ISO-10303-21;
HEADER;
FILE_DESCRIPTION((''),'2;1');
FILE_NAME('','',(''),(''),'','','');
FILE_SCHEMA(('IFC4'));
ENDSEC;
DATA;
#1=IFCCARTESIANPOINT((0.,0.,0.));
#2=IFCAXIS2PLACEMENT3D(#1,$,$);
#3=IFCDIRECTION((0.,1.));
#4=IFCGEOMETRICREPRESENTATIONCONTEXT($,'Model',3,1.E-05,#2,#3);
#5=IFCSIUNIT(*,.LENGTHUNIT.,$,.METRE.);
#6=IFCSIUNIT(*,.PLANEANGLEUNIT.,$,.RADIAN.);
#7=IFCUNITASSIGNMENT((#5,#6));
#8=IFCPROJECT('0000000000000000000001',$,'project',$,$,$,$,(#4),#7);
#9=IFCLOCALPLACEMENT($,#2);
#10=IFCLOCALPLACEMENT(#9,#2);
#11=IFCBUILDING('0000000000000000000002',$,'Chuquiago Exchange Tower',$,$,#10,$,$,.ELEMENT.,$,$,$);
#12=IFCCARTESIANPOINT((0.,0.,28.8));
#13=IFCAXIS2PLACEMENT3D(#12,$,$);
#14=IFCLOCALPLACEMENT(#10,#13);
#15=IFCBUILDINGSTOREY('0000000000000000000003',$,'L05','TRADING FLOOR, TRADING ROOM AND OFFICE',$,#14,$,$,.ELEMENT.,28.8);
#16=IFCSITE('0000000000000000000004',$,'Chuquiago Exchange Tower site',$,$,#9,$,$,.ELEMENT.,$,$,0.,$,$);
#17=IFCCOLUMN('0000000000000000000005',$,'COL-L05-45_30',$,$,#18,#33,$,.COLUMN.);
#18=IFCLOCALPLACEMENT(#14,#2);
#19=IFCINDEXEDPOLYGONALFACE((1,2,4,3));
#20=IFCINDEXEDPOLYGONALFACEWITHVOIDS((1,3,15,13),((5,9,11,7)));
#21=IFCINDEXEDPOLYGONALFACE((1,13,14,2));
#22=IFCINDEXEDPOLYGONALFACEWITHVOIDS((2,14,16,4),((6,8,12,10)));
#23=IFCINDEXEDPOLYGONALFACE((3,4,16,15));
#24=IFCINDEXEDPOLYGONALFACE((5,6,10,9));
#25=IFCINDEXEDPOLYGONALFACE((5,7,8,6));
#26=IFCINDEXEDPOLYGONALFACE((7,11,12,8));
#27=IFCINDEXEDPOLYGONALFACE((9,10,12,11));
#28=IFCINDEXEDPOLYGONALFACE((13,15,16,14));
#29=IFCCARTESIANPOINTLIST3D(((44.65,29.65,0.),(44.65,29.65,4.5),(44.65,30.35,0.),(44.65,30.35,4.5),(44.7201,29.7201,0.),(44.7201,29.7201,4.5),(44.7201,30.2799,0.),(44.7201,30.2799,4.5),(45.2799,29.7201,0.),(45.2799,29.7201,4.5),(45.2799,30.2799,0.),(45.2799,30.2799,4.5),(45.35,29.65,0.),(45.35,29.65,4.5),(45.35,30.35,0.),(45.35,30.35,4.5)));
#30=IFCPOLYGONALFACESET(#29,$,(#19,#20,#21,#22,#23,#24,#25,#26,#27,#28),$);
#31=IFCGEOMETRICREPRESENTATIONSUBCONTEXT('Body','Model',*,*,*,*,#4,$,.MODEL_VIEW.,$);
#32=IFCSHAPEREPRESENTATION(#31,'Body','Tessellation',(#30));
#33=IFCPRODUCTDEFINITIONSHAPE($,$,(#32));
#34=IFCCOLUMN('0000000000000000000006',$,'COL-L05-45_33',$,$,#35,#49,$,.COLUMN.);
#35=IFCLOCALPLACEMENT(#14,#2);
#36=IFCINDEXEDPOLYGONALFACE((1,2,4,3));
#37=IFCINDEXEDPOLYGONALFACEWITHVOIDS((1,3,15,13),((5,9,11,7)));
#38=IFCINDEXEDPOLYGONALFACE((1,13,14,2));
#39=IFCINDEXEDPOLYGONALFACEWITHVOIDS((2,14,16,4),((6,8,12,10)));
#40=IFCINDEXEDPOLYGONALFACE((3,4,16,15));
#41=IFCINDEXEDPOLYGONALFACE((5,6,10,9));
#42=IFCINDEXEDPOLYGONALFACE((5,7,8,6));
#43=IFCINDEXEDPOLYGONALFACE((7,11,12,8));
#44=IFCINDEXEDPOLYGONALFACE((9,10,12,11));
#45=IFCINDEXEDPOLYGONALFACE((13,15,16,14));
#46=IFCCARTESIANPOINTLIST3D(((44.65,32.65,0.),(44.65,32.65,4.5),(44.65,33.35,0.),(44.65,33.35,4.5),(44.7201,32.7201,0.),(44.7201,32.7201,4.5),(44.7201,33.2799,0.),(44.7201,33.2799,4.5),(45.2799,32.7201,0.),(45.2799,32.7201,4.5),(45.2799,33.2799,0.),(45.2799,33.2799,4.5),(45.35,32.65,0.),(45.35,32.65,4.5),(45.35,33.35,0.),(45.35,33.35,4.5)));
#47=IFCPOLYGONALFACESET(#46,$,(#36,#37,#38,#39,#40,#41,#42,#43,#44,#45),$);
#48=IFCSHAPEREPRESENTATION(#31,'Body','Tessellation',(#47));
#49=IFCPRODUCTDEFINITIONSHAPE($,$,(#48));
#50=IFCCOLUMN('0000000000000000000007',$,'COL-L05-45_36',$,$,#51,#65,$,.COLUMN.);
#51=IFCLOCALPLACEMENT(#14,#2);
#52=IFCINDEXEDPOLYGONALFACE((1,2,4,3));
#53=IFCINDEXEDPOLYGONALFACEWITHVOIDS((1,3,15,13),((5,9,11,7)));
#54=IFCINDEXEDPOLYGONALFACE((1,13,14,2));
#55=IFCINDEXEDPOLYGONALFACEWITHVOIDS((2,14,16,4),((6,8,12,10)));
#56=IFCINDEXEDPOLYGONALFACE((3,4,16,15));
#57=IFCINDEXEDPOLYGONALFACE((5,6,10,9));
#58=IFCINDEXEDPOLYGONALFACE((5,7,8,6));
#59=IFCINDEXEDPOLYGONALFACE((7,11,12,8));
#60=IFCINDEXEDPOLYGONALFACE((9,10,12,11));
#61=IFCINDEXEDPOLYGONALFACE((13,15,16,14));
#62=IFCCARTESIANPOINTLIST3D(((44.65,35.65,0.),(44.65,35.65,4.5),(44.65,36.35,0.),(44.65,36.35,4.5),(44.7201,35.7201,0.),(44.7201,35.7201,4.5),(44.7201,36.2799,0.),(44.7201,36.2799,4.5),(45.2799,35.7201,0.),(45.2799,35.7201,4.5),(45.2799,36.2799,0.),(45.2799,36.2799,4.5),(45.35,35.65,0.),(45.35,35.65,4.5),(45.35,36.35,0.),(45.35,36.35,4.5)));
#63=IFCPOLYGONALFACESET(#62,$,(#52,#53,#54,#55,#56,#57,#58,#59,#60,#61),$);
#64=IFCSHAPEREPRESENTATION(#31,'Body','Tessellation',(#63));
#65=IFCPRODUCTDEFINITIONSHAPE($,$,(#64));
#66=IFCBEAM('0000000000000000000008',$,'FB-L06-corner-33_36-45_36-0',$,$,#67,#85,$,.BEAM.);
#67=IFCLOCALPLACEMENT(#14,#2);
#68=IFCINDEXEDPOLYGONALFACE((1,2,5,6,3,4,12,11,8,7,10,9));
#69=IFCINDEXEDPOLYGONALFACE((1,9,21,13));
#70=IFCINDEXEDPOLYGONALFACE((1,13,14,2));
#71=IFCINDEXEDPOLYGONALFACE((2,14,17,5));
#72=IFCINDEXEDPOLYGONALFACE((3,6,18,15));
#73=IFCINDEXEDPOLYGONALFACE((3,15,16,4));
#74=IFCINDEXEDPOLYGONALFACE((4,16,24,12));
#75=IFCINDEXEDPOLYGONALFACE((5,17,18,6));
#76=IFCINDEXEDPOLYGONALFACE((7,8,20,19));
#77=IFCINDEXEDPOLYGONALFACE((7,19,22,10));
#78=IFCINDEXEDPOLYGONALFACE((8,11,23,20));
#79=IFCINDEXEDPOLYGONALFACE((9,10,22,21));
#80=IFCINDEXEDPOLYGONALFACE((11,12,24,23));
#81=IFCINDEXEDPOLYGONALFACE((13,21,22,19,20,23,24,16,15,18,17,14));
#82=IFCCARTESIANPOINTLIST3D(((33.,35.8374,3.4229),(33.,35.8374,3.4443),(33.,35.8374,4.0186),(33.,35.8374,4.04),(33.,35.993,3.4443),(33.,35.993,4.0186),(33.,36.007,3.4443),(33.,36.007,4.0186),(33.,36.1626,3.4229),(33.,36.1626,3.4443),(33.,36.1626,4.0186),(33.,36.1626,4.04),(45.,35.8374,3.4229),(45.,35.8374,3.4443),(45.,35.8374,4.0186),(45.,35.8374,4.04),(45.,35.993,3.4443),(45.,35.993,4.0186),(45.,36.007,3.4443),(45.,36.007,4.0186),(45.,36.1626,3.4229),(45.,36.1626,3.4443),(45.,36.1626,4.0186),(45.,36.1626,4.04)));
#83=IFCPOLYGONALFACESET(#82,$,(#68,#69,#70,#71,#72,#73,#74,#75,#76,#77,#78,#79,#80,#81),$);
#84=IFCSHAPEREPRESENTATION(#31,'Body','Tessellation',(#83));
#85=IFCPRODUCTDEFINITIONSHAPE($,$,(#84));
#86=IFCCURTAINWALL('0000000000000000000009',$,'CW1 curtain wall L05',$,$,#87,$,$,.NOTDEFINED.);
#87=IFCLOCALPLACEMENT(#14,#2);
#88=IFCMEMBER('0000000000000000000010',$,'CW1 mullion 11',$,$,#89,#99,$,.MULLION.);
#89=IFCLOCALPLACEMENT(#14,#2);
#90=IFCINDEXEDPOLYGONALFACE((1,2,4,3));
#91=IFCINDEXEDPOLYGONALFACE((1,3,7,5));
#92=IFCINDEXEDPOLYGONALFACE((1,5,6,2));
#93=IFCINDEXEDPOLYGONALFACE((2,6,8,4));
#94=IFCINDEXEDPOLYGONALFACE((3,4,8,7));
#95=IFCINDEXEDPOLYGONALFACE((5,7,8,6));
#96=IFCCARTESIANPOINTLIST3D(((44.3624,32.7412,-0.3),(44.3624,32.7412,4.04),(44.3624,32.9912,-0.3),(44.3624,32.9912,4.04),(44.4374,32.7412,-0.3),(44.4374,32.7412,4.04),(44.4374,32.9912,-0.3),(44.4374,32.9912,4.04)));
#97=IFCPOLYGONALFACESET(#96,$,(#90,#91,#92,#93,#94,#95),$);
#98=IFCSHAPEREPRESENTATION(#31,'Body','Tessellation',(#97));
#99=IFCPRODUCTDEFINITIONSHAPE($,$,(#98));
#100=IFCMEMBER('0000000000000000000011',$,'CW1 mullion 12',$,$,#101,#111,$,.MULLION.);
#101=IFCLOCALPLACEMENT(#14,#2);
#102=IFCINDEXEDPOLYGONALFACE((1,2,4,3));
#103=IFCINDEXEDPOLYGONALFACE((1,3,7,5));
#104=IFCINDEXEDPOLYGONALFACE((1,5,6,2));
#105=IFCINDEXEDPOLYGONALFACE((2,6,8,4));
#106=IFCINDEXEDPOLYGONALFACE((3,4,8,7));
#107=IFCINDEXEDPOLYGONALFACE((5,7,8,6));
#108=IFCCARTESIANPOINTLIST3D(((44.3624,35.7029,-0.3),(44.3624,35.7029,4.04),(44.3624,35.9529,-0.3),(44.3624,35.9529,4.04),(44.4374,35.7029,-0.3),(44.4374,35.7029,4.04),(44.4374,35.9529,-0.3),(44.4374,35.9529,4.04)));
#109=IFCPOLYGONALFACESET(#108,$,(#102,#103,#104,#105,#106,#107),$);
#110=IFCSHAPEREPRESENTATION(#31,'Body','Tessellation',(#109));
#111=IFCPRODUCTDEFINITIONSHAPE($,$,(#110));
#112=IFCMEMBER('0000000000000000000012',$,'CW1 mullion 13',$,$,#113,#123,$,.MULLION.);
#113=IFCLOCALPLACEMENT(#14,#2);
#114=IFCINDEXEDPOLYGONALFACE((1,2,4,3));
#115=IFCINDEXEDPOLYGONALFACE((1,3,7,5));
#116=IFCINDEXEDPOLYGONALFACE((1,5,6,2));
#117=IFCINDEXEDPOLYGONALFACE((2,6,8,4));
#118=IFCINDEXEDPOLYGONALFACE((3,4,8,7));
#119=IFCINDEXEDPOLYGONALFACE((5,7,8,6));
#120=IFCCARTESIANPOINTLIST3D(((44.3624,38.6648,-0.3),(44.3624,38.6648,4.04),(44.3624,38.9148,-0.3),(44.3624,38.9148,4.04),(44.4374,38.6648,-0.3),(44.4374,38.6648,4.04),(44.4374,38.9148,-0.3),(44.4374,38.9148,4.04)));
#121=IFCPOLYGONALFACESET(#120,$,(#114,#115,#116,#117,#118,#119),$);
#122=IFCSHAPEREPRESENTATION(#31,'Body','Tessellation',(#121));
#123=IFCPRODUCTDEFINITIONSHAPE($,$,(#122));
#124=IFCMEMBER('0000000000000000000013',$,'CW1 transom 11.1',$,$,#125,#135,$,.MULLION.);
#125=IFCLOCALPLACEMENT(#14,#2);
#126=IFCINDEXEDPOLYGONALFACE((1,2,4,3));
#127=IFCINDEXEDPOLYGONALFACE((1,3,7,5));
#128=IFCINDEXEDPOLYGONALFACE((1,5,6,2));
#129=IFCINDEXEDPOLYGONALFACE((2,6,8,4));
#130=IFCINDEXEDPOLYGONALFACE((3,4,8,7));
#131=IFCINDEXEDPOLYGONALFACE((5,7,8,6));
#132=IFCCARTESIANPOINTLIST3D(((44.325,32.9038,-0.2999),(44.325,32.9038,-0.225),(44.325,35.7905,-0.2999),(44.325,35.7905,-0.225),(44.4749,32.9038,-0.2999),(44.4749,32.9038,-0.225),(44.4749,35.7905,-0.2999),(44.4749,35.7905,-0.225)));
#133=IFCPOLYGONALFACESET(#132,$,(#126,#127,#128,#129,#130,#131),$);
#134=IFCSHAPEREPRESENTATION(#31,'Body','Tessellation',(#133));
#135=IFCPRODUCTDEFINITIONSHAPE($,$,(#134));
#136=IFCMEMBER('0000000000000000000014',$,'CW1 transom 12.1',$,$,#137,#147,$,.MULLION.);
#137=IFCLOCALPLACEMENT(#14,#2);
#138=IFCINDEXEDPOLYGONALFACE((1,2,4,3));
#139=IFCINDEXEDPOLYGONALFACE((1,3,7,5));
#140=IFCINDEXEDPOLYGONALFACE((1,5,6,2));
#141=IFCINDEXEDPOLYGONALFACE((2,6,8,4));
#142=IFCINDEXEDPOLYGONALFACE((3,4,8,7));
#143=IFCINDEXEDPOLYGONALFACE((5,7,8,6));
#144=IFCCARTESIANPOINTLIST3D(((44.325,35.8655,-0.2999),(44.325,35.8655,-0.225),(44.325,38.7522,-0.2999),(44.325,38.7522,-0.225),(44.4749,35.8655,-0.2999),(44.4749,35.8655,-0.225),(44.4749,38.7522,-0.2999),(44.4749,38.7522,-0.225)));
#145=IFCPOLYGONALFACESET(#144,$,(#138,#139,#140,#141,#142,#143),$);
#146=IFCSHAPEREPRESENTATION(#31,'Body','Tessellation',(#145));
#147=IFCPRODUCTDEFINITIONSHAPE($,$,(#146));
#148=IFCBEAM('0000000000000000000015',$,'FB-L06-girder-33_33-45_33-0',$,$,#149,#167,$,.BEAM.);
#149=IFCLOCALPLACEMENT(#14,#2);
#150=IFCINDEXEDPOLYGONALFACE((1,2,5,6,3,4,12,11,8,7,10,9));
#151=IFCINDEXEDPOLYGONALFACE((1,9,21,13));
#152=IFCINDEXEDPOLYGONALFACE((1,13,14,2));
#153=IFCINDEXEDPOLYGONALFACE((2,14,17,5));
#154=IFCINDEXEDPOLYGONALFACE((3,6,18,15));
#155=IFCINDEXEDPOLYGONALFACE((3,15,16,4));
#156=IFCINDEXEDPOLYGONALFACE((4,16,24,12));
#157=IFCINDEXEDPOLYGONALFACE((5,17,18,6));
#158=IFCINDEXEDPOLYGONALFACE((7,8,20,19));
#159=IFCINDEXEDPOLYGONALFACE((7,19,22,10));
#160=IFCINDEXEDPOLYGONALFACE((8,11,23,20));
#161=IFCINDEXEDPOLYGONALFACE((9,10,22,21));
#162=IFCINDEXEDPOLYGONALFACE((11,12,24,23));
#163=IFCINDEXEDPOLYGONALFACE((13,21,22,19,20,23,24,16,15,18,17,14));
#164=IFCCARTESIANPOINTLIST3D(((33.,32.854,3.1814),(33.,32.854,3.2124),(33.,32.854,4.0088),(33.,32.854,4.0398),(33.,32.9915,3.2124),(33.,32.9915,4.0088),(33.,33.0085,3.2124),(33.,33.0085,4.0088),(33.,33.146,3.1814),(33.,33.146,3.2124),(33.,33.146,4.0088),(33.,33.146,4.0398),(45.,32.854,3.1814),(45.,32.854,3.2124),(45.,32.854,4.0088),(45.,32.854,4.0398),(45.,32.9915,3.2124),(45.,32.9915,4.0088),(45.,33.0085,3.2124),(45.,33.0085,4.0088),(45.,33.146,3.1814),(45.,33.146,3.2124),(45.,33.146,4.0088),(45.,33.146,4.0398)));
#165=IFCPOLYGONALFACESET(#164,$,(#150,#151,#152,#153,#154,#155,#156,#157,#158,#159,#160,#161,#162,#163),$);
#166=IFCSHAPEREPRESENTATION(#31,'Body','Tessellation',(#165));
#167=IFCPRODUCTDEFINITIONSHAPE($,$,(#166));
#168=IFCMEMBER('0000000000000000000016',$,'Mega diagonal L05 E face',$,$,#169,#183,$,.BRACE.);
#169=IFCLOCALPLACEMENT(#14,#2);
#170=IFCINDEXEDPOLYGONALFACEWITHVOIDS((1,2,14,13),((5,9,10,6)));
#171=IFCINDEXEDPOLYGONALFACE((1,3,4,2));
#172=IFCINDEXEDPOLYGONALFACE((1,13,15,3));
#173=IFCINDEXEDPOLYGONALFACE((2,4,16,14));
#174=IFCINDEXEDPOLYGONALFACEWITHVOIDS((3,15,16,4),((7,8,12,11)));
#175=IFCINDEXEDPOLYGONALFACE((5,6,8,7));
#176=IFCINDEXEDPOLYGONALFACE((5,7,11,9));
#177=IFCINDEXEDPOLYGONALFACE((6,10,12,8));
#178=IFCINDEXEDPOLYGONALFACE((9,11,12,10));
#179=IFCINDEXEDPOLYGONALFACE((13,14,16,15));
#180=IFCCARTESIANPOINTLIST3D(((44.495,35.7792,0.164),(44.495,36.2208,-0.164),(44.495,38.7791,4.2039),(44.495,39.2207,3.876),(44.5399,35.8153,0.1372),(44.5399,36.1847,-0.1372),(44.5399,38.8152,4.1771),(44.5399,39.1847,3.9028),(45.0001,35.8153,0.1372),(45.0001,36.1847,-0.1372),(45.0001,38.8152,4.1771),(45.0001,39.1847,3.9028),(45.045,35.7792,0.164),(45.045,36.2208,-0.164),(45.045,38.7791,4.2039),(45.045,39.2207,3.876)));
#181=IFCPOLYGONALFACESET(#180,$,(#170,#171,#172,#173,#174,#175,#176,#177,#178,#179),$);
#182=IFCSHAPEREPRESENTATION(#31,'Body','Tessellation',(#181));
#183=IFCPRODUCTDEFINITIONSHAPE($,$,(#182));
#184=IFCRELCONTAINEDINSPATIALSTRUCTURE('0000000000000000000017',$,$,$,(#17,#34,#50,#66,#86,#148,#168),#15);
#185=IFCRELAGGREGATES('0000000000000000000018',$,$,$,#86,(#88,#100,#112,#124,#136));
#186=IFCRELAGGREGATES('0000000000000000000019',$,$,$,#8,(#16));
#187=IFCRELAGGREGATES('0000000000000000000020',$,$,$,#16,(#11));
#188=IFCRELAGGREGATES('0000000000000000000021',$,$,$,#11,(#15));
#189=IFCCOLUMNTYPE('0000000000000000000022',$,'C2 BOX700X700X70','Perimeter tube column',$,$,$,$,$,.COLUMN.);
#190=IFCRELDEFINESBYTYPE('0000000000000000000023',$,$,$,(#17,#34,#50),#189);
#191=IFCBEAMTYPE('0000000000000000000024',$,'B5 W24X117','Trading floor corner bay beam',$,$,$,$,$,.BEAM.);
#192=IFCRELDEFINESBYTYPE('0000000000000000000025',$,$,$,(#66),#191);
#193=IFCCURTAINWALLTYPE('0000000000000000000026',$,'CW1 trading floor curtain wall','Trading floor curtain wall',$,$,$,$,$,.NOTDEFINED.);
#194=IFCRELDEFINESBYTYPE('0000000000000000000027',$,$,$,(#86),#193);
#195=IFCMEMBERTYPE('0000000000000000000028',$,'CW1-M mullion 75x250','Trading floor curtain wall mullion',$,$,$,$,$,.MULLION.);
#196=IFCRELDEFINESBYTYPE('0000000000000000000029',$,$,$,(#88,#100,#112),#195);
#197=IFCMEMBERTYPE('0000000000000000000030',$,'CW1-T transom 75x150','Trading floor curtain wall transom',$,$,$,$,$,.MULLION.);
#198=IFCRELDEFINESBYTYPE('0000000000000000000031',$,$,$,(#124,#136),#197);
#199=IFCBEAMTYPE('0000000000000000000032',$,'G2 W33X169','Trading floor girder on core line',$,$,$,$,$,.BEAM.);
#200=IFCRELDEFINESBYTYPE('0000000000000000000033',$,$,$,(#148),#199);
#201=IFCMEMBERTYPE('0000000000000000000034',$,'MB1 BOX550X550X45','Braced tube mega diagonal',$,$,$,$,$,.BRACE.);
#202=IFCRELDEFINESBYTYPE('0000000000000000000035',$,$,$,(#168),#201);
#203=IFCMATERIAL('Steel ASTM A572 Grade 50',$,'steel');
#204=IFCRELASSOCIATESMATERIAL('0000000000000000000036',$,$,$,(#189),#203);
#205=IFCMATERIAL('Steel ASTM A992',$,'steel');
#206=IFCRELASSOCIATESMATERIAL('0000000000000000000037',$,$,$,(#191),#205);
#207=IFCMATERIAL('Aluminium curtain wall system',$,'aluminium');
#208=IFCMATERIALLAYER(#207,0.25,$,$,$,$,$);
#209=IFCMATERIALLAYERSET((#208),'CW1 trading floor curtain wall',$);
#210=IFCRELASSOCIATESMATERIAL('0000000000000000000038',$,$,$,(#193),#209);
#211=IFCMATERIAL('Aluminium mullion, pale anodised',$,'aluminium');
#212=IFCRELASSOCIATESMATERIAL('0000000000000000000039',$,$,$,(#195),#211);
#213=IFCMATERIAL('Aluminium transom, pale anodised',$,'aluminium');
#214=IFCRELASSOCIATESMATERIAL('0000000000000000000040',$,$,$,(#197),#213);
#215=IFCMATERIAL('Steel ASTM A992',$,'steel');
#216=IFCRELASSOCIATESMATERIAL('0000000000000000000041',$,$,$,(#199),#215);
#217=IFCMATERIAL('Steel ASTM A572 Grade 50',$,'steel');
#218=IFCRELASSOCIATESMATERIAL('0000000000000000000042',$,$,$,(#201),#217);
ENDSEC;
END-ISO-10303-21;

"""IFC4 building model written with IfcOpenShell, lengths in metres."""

from ifc_helpers import new_model, si_unit, direction, frame, origin, origin_2d, place, context, subcontext, project, spatial, rectangle, hollow_rectangle, i_section, extrude, material, layer, layer_set, material_profile, profile_set, type_object, element, aggregate, save


model = new_model("IFC4")

# Units and contexts
model_context = context("Model", 3, precision=1e-05, world=origin(), true_north=direction((0.0, 1.0)))
body_context = subcontext(model_context, "Body", "Model", "MODEL_VIEW")
ifc_project = project(units=[si_unit("LENGTHUNIT", "METRE"), si_unit("PLANEANGLEUNIT", "RADIAN")], contexts=[model_context])

# Site, building, storey
site_placement = place(None, origin())
site = spatial("IfcSite", under=ifc_project, at=site_placement, Name="Chuquiago Exchange Tower site", CompositionType="ELEMENT", RefElevation=0.0)
building_placement = place(site_placement, origin())
building = spatial("IfcBuilding", under=site, at=building_placement, Name="Chuquiago Exchange Tower", CompositionType="ELEMENT")
storey_placement = place(building_placement, frame((0.0, 0.0, 28.8)))
storey = spatial("IfcBuildingStorey", under=building, at=storey_placement, Name="L05", Description="TRADING FLOOR, TRADING ROOM AND OFFICE", CompositionType="ELEMENT", Elevation=28.8)

# Columns
ifc_material_1 = material(Name="Steel ASTM A572 Grade 50", Category="steel")
ifc_material_profile_1 = material_profile(ifc_material_1, hollow_rectangle(XDim=0.7, YDim=0.7, WallThickness=0.0701, at=origin_2d()), Name="BOX700X700X70")
ifc_profile_set_1 = profile_set([ifc_material_profile_1], Name="Steel ASTM A572 Grade 50")
column_type = type_object("IfcColumnType", Name="C2 BOX700X700X70", Description="Perimeter tube column", PredefinedType="COLUMN", material=ifc_profile_set_1)
for number, where, z_axis, x_axis, name in (
    (1, (45.0, 30.0, 0.0), (0.0, 0.0, 1.0), (1.0, 0.0, 0.0), "COL-L05-45_30"),
    (2, (45.0, 33.0, 0.0), (0.0, 0.0, 1.0), (1.0, 0.0, 0.0), "COL-L05-45_33"),
    (3, (45.0, 36.0, 0.0), (0.0, 0.0, 1.0), (1.0, 0.0, 0.0), "COL-L05-45_36"),
):
    element("IfcColumn", number, at=place(storey_placement, frame(where, z_axis=z_axis, x_axis=x_axis)), inside=storey, type_object=column_type, Name=name, PredefinedType="COLUMN", context=body_context, shape_type="SweptSolid", body=[
        extrude(hollow_rectangle(XDim=0.7, YDim=0.7, WallThickness=0.0701, at=origin_2d()), origin(), (0.0, 0.0, 1.0), 4.5),
    ])

# Beam
ifc_material_2 = material(Name="Steel ASTM A992", Category="steel")
ifc_material_profile_2 = material_profile(ifc_material_2, i_section(OverallWidth=0.3252, OverallDepth=0.6172, WebThickness=0.0139, FlangeThickness=0.0215, at=origin_2d()), Name="W24X117")
ifc_profile_set_2 = profile_set([ifc_material_profile_2], Name="Steel ASTM A992")
beam_type_1 = type_object("IfcBeamType", Name="B5 W24X117", Description="Trading floor corner bay beam", PredefinedType="BEAM", material=ifc_profile_set_2)
beam_1_placement = place(storey_placement, frame((33.0, 36.0, 3.7314), z_axis=(1.0, 0.0, 0.0), x_axis=(0.0, 1.0, 0.0)))
element("IfcBeam", 4, at=beam_1_placement, inside=storey, type_object=beam_type_1, Name="FB-L06-corner-33_36-45_36-0", PredefinedType="BEAM", context=body_context, shape_type="SweptSolid", body=[
    extrude(i_section(OverallWidth=0.3252, OverallDepth=0.6172, WebThickness=0.0139, FlangeThickness=0.0215, at=origin_2d()), origin(), (0.0, 0.0, 1.0), 12.0),
])

# Curtain wall, members
ifc_material_3 = material(Name="Aluminium curtain wall system", Category="aluminium")
ifc_layer_1 = layer(ifc_material_3, 0.25)
ifc_layer_set_1 = layer_set([ifc_layer_1], Name="CW1 trading floor curtain wall")
curtain_wall_type = type_object("IfcCurtainWallType", Name="CW1 trading floor curtain wall", Description="Trading floor curtain wall", PredefinedType="NOTDEFINED", material=ifc_layer_set_1)
curtain_wall_placement = place(storey_placement, origin())
curtain_wall = element("IfcCurtainWall", 5, at=curtain_wall_placement, inside=storey, type_object=curtain_wall_type, Name="CW1 curtain wall L05", PredefinedType="NOTDEFINED")
ifc_material_4 = material(Name="Aluminium mullion, pale anodised", Category="aluminium")
ifc_material_profile_3 = material_profile(ifc_material_4, rectangle(XDim=0.075, YDim=0.25, at=origin_2d()), Name="AL 75x250")
ifc_profile_set_3 = profile_set([ifc_material_profile_3], Name="Aluminium mullion, pale anodised")
member_type_1 = type_object("IfcMemberType", Name="CW1-M mullion 75x250", Description="Trading floor curtain wall mullion", PredefinedType="MULLION", material=ifc_profile_set_3)
member_1_placement = place(storey_placement, frame((44.3999, 32.8662, -0.3), z_axis=(0.0, 0.0, 1.0), x_axis=(-1.0, 0.0, 0.0)))
member_1 = element("IfcMember", 6, at=member_1_placement, type_object=member_type_1, Name="CW1 mullion 11", PredefinedType="MULLION", context=body_context, shape_type="SweptSolid", body=[
    extrude(rectangle(XDim=0.075, YDim=0.25, at=origin_2d()), origin(), (0.0, 0.0, 1.0), 4.3401),
])
member_2_placement = place(storey_placement, frame((44.3999, 35.8279, -0.3), z_axis=(0.0, 0.0, 1.0), x_axis=(-1.0, 0.0, 0.0)))
member_2 = element("IfcMember", 7, at=member_2_placement, type_object=member_type_1, Name="CW1 mullion 12", PredefinedType="MULLION", context=body_context, shape_type="SweptSolid", body=[
    extrude(rectangle(XDim=0.075, YDim=0.25, at=origin_2d()), origin(), (0.0, 0.0, 1.0), 4.3401),
])
member_3_placement = place(storey_placement, frame((44.3999, 38.7898, -0.3), z_axis=(0.0, 0.0, 1.0), x_axis=(-1.0, 0.0, 0.0)))
member_3 = element("IfcMember", 8, at=member_3_placement, type_object=member_type_1, Name="CW1 mullion 13", PredefinedType="MULLION", context=body_context, shape_type="SweptSolid", body=[
    extrude(rectangle(XDim=0.075, YDim=0.25, at=origin_2d()), origin(), (0.0, 0.0, 1.0), 4.3401),
])
ifc_material_5 = material(Name="Aluminium transom, pale anodised", Category="aluminium")
ifc_material_profile_4 = material_profile(ifc_material_5, rectangle(XDim=0.1499, YDim=0.075, at=origin_2d()), Name="AL 150x75")
ifc_profile_set_4 = profile_set([ifc_material_profile_4], Name="Aluminium transom, pale anodised")
member_type_2 = type_object("IfcMemberType", Name="CW1-T transom 75x150", Description="Trading floor curtain wall transom", PredefinedType="MULLION", material=ifc_profile_set_4)
member_4_placement = place(storey_placement, frame((44.3999, 32.9038, -0.2625), z_axis=(0.0, 1.0, 0.0), x_axis=(-1.0, 0.0, 0.0)))
member_4 = element("IfcMember", 9, at=member_4_placement, type_object=member_type_2, Name="CW1 transom 11.1", PredefinedType="MULLION", context=body_context, shape_type="SweptSolid", body=[
    extrude(rectangle(XDim=0.1499, YDim=0.075, at=origin_2d()), origin(), (0.0, 0.0, 1.0), 2.8867),
])
member_5_placement = place(storey_placement, frame((44.3999, 35.8655, -0.2625), z_axis=(0.0, 1.0, 0.0), x_axis=(-1.0, 0.0, 0.0)))
member_5 = element("IfcMember", 10, at=member_5_placement, type_object=member_type_2, Name="CW1 transom 12.1", PredefinedType="MULLION", context=body_context, shape_type="SweptSolid", body=[
    extrude(rectangle(XDim=0.1499, YDim=0.075, at=origin_2d()), origin(), (0.0, 0.0, 1.0), 2.8867),
])

# Beam
ifc_material_6 = material(Name="Steel ASTM A992", Category="steel")
ifc_material_profile_5 = material_profile(ifc_material_6, i_section(OverallWidth=0.292, OverallDepth=0.8584, WebThickness=0.0171, FlangeThickness=0.031, at=origin_2d()), Name="W33X169")
ifc_profile_set_5 = profile_set([ifc_material_profile_5], Name="Steel ASTM A992")
beam_type_2 = type_object("IfcBeamType", Name="G2 W33X169", Description="Trading floor girder on core line", PredefinedType="BEAM", material=ifc_profile_set_5)
beam_2_placement = place(storey_placement, frame((33.0, 33.0, 3.6106), z_axis=(1.0, 0.0, 0.0), x_axis=(0.0, 1.0, 0.0)))
element("IfcBeam", 11, at=beam_2_placement, inside=storey, type_object=beam_type_2, Name="FB-L06-girder-33_33-45_33-0", PredefinedType="BEAM", context=body_context, shape_type="SweptSolid", body=[
    extrude(i_section(OverallWidth=0.292, OverallDepth=0.8584, WebThickness=0.0171, FlangeThickness=0.031, at=origin_2d()), origin(), (0.0, 0.0, 1.0), 12.0),
])

# Member
ifc_material_7 = material(Name="Steel ASTM A572 Grade 50", Category="steel")
ifc_material_profile_6 = material_profile(ifc_material_7, hollow_rectangle(XDim=0.55, YDim=0.55, WallThickness=0.0449, at=origin_2d()), Name="BOX550X550X45")
ifc_profile_set_6 = profile_set([ifc_material_profile_6], Name="Steel ASTM A572 Grade 50")
member_type_3 = type_object("IfcMemberType", Name="MB1 BOX550X550X45", Description="Braced tube mega diagonal", PredefinedType="BRACE", material=ifc_profile_set_6)
member_6_placement = place(storey_placement, frame((44.77, 36.0, 0.0), z_axis=(0.0, 0.596174, 0.802855), x_axis=(-1.0, 0.0, 0.0)))
element("IfcMember", 12, at=member_6_placement, inside=storey, type_object=member_type_3, Name="Mega diagonal L05 E face", PredefinedType="BRACE", context=body_context, shape_type="SweptSolid", body=[
    extrude(hollow_rectangle(XDim=0.55, YDim=0.55, WallThickness=0.0449, at=origin_2d()), origin(), (0.0, 0.0, 1.0), 5.032),
])

aggregate(curtain_wall, [member_1, member_2, member_3, member_4, member_5])

save(model, "model.ifc")
